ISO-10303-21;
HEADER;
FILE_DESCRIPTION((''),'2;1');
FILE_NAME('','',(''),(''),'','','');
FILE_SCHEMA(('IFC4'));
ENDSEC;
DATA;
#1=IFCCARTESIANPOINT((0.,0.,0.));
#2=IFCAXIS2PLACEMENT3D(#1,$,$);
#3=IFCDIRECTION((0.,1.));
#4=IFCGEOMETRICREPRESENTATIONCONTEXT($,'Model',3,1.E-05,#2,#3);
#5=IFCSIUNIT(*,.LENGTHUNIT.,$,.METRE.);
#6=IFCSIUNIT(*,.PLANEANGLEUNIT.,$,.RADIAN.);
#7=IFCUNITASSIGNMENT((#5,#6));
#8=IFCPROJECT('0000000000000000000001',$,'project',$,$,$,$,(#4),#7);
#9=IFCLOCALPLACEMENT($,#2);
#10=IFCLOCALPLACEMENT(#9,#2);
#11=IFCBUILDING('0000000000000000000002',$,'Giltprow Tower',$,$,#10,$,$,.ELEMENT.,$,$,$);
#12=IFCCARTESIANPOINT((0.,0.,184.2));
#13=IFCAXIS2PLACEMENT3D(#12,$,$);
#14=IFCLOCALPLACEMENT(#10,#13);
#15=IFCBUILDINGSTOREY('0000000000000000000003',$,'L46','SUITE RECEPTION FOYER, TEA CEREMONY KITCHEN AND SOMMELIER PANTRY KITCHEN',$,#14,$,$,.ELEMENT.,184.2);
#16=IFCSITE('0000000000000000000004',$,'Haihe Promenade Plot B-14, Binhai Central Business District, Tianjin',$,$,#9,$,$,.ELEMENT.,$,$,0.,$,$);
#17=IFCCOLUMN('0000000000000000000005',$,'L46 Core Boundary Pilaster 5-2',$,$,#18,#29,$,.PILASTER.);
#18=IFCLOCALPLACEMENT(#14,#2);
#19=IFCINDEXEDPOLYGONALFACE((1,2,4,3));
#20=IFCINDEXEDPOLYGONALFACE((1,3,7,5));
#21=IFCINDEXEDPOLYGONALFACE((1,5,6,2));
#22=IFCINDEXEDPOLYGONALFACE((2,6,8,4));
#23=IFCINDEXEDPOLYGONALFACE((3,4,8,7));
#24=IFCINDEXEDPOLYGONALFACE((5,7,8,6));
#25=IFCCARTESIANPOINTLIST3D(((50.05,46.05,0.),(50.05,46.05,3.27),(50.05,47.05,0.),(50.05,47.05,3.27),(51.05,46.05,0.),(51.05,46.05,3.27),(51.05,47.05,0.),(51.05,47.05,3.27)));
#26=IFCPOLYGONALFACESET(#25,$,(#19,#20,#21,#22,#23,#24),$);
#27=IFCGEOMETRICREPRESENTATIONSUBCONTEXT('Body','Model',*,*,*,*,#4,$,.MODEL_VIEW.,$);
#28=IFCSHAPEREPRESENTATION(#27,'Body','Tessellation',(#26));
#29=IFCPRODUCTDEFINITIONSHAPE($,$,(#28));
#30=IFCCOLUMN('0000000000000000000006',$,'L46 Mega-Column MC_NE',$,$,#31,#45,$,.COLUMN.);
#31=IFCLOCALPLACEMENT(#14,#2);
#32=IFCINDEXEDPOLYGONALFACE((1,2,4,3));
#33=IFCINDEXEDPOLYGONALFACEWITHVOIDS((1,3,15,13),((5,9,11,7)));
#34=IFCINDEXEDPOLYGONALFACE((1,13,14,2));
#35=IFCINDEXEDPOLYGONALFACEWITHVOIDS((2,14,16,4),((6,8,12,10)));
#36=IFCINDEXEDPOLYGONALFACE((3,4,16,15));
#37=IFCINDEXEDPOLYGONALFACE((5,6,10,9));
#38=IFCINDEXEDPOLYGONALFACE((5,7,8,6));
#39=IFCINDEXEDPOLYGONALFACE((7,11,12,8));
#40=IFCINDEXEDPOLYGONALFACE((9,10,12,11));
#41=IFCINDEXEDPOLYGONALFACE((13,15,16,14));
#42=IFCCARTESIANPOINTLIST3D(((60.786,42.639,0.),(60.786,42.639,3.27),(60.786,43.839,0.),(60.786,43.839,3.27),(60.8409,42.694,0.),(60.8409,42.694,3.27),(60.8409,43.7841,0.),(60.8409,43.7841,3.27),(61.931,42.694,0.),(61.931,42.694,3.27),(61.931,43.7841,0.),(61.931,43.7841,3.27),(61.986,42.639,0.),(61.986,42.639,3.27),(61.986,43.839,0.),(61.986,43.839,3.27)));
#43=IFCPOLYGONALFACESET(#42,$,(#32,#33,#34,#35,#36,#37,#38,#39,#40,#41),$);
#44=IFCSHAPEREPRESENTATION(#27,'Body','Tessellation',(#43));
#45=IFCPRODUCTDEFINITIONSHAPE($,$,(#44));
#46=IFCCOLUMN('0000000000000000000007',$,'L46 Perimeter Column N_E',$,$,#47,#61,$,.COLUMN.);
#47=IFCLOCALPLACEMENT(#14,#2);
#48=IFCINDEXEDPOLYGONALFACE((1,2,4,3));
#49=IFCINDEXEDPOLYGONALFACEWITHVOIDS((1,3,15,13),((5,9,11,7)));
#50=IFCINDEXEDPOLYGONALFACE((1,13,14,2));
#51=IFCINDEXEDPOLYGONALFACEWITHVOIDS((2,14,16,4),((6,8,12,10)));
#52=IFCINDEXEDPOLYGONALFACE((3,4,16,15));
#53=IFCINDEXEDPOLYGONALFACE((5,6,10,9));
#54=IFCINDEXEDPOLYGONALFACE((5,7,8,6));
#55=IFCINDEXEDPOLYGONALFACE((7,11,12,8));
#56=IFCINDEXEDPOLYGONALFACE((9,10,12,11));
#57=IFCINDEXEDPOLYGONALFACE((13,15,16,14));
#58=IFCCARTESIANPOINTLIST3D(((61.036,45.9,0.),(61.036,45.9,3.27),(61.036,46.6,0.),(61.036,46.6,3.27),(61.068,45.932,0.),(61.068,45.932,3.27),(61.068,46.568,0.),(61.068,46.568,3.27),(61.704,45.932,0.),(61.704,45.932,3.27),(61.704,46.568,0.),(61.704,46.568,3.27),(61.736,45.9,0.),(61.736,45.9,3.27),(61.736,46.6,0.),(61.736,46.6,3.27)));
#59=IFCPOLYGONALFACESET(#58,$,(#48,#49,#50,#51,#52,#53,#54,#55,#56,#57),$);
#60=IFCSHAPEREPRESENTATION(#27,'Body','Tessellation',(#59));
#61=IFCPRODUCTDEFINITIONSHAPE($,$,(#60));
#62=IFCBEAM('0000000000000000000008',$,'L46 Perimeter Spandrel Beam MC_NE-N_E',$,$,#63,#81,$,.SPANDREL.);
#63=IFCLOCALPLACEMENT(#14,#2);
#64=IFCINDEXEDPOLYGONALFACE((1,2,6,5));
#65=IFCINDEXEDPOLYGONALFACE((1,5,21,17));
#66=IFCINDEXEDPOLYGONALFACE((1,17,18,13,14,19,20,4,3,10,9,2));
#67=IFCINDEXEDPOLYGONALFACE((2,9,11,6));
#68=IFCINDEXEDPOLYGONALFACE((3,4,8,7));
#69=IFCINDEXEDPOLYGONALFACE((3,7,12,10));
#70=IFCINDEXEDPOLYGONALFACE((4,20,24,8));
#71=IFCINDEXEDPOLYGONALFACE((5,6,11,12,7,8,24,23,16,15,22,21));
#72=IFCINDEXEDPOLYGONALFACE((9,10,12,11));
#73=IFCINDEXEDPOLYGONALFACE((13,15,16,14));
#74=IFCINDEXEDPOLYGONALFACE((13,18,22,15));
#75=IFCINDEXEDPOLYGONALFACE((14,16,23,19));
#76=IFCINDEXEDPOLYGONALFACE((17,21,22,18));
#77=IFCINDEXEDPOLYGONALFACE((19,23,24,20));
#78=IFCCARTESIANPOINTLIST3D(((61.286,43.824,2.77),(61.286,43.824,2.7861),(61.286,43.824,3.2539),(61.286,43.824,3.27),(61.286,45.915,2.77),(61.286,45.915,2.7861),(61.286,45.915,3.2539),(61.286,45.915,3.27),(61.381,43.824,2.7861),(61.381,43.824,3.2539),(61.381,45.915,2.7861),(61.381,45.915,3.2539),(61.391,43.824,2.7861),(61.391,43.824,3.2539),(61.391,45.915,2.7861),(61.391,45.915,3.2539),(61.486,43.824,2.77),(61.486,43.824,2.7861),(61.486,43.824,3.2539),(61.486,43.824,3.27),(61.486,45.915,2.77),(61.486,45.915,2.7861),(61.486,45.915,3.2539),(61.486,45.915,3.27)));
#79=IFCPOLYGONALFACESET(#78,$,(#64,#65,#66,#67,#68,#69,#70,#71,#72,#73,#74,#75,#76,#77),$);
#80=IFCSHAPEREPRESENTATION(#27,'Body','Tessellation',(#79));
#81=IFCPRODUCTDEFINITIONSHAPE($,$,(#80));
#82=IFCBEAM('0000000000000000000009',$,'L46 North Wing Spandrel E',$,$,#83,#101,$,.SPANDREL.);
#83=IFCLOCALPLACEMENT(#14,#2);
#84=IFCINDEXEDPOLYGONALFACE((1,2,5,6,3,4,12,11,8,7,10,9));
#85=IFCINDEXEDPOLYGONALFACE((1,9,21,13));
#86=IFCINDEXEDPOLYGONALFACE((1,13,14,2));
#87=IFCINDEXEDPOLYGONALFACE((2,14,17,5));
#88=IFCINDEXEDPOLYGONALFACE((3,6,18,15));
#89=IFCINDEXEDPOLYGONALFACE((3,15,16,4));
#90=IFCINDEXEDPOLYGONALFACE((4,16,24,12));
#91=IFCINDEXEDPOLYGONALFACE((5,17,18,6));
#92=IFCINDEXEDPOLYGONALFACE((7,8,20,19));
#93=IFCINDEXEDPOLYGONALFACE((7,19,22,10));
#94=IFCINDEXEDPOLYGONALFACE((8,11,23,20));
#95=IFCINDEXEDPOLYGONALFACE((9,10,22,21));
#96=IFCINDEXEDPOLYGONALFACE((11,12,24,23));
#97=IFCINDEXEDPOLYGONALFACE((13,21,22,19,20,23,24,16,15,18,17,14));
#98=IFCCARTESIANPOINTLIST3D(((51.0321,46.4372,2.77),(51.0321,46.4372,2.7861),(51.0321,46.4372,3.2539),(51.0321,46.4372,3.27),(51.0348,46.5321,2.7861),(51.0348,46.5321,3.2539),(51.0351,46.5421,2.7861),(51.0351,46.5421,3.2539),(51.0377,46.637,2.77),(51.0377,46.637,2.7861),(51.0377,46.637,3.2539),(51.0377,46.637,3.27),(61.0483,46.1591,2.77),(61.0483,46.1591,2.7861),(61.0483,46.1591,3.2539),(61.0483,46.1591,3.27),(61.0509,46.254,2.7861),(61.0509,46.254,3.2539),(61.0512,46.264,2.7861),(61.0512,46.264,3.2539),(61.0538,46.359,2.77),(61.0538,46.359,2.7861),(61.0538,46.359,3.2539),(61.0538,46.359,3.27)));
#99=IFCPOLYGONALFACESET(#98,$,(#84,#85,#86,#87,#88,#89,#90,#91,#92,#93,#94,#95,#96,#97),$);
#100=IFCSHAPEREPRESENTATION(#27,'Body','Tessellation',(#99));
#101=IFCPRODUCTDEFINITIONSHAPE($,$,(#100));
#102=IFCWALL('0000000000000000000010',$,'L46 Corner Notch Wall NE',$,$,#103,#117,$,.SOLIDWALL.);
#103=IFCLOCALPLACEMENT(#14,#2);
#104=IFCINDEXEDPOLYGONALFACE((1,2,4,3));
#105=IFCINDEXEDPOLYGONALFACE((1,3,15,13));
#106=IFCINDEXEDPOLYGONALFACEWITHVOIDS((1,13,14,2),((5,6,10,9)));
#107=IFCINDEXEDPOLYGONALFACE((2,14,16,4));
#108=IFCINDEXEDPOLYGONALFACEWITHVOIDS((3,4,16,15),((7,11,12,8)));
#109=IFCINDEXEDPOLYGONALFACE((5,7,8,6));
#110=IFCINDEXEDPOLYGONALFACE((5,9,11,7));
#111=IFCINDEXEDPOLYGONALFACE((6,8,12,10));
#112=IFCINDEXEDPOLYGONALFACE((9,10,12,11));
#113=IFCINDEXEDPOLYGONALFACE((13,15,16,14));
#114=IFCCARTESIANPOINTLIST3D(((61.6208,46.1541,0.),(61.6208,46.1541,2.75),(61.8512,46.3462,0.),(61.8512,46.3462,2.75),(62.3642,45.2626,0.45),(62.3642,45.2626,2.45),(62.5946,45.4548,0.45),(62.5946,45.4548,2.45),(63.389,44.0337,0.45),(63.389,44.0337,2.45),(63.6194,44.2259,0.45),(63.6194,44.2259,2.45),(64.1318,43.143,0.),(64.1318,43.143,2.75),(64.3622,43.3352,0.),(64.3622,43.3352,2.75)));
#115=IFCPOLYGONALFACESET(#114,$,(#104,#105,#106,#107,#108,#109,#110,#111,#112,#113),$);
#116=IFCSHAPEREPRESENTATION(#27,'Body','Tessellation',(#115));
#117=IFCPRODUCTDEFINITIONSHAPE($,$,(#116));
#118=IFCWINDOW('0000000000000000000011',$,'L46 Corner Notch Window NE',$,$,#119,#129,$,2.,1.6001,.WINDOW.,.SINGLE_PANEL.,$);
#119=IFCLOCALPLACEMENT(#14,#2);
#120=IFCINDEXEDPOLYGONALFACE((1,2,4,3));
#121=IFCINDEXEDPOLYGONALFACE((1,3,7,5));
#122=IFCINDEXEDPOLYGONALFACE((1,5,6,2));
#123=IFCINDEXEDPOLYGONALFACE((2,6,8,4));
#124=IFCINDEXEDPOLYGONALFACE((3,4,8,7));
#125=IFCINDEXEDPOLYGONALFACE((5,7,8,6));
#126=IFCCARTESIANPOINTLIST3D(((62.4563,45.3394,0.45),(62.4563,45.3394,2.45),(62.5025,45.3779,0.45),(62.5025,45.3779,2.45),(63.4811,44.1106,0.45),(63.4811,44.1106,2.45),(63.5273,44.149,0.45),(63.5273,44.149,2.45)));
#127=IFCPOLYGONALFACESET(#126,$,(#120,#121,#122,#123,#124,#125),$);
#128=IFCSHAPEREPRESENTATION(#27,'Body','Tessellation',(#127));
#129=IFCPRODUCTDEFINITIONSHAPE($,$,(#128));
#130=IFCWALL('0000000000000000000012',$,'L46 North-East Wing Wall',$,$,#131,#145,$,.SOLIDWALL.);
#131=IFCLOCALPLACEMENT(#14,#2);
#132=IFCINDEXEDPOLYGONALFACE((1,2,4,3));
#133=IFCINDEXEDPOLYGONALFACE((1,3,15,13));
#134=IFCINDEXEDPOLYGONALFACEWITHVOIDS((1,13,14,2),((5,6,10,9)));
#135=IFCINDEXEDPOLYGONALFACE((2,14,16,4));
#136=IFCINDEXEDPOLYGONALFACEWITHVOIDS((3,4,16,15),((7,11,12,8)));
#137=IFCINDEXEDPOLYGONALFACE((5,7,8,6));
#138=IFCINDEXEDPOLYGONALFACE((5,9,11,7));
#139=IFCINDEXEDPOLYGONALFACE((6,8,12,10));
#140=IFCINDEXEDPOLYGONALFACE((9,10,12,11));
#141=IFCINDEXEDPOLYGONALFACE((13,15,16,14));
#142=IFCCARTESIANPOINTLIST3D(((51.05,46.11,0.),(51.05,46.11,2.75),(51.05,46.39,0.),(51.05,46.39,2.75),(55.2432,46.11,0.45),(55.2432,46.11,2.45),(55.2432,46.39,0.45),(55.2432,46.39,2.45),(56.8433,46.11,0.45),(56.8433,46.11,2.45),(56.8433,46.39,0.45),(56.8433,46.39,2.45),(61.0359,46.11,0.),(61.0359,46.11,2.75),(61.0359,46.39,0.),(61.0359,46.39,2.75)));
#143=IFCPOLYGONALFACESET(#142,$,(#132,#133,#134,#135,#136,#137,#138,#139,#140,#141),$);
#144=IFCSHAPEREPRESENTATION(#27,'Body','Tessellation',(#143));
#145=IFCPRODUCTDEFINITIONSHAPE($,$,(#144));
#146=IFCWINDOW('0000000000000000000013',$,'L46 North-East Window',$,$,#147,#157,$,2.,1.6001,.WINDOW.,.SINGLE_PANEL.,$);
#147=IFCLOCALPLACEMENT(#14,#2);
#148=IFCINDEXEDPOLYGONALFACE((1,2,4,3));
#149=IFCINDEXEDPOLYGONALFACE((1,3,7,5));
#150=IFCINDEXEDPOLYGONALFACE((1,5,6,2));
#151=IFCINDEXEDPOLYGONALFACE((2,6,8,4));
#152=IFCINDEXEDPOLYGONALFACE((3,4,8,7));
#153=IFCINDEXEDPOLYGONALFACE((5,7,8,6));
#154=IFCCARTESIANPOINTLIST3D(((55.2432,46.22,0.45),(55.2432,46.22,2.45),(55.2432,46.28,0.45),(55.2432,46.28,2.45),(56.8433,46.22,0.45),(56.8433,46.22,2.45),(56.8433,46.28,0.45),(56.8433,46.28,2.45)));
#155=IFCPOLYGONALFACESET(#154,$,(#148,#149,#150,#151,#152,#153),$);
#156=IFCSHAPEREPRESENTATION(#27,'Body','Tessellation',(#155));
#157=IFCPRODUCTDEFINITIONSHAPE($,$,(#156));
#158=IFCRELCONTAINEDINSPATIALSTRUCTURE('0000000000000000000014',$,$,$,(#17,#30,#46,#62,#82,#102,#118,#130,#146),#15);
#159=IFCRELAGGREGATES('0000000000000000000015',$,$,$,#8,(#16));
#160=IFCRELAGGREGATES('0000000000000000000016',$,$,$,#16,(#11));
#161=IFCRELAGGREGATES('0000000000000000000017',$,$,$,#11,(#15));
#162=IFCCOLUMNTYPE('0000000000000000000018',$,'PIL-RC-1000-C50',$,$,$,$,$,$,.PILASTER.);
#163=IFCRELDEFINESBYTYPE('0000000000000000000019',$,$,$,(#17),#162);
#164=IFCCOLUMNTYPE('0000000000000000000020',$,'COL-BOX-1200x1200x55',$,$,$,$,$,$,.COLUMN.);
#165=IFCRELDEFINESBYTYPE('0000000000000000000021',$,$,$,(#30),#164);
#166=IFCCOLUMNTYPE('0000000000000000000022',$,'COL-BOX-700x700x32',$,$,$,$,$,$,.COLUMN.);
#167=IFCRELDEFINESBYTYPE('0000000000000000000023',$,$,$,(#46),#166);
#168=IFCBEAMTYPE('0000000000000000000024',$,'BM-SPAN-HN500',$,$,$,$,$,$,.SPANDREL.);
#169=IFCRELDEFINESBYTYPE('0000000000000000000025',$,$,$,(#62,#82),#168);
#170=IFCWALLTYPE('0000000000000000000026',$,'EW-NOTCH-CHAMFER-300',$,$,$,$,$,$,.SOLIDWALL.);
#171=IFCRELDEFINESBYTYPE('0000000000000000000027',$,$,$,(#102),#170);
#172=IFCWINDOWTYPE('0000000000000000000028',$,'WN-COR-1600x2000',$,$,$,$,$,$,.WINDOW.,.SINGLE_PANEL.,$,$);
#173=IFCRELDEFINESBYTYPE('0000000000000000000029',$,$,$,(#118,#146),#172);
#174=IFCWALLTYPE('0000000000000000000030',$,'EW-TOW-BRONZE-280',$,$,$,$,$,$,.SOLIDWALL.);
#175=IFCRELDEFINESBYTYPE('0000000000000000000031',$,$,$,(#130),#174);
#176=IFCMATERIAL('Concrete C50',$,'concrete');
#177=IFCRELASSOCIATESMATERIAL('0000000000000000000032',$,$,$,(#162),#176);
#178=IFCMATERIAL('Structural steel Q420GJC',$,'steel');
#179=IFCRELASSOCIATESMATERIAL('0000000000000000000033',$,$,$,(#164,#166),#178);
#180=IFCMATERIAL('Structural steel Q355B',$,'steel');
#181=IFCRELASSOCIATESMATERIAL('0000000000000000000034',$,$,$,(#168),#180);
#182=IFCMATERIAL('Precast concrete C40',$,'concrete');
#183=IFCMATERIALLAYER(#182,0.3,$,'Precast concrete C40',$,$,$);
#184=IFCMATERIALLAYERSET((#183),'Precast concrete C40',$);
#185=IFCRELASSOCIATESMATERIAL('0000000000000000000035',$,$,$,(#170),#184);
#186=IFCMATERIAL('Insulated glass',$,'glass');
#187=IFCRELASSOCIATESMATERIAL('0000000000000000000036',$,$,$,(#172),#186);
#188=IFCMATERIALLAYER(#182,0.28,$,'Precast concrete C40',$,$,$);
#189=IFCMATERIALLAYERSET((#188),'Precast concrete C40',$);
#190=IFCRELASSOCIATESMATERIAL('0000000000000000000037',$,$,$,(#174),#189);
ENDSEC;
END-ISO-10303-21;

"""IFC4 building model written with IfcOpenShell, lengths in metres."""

from ifc_helpers import new_model, si_unit, direction, frame, frame_2d, origin, origin_2d, place, context, subcontext, project, spatial, rectangle, hollow_rectangle, i_section, extrude, source, transform, mapped, material, layer, layer_set, material_profile, profile_set, type_object, element, fill, save


model = new_model("IFC4")

# Units and contexts
model_context = context("Model", 3, precision=1e-05, world=origin(), true_north=direction((0.0, 1.0)))
body_context = subcontext(model_context, "Body", "Model", "MODEL_VIEW")
ifc_project = project(units=[si_unit("LENGTHUNIT", "METRE"), si_unit("PLANEANGLEUNIT", "RADIAN")], contexts=[model_context])

# Site, building, storey
site_placement = place(None, origin())
site = spatial("IfcSite", under=ifc_project, at=site_placement, Name="Haihe Promenade Plot B-14, Binhai Central Business District, Tianjin", CompositionType="ELEMENT", RefElevation=0.0)
building_placement = place(site_placement, origin())
building = spatial("IfcBuilding", under=site, at=building_placement, Name="Giltprow Tower", CompositionType="ELEMENT")
storey_placement = place(building_placement, frame((0.0, 0.0, 184.2)))
storey = spatial("IfcBuildingStorey", under=building, at=storey_placement, Name="L46", Description="SUITE RECEPTION FOYER, TEA CEREMONY KITCHEN AND SOMMELIER PANTRY KITCHEN", CompositionType="ELEMENT", Elevation=184.2)

# Columns
ifc_material_1 = material(Name="Concrete C50", Category="concrete")
ifc_material_profile_1 = material_profile(ifc_material_1, rectangle(XDim=1.0, YDim=1.0, at=origin_2d()), Name="RC 1000x1000")
ifc_profile_set_1 = profile_set([ifc_material_profile_1], Name="Concrete C50")
column_type_1 = type_object("IfcColumnType", Name="PIL-RC-1000-C50", PredefinedType="PILASTER", material=ifc_profile_set_1)
shared_shape_1 = source(origin(), body_context, "Body", "SweptSolid", [
    extrude(rectangle(XDim=1.0, YDim=1.0, at=origin_2d()), origin(), (0.0, 0.0, 1.0), 3.27),
])
column_1_placement = place(storey_placement, frame((50.55, 46.55, 0.0), z_axis=(0.0, 0.0, 1.0), x_axis=(1.0, 0.0, 0.0)))
element("IfcColumn", 1, at=column_1_placement, inside=storey, type_object=column_type_1, Name="L46 Core Boundary Pilaster 5-2", PredefinedType="PILASTER", context=body_context, shape_type="MappedRepresentation", body=[
    mapped(shared_shape_1, transform((0.0, 0.0, 0.0), x_axis=(1.0, 0.0, 0.0), y_axis=(0.0, 1.0, 0.0), z_axis=(0.0, 0.0, 1.0), scale=1.0)),
])
ifc_material_2 = material(Name="Structural steel Q420GJC", Category="steel")
ifc_material_profile_2 = material_profile(ifc_material_2, hollow_rectangle(XDim=1.2, YDim=1.2, WallThickness=0.0549, at=origin_2d()), Name="BOX 1200x1200x55")
ifc_profile_set_2 = profile_set([ifc_material_profile_2], Name="Structural steel Q420GJC")
column_type_2 = type_object("IfcColumnType", Name="COL-BOX-1200x1200x55", PredefinedType="COLUMN", material=ifc_profile_set_2)
shared_shape_2 = source(origin(), body_context, "Body", "SweptSolid", [
    extrude(hollow_rectangle(XDim=1.2, YDim=1.2, WallThickness=0.0549, at=origin_2d()), origin(), (0.0, 0.0, 1.0), 3.27),
])
column_2_placement = place(storey_placement, frame((61.386, 43.239, 0.0), z_axis=(0.0, 0.0, 1.0), x_axis=(1.0, 0.0, 0.0)))
element("IfcColumn", 2, at=column_2_placement, inside=storey, type_object=column_type_2, Name="L46 Mega-Column MC_NE", PredefinedType="COLUMN", context=body_context, shape_type="MappedRepresentation", body=[
    mapped(shared_shape_2, transform((0.0, 0.0, 0.0), x_axis=(1.0, 0.0, 0.0), y_axis=(0.0, 1.0, 0.0), z_axis=(0.0, 0.0, 1.0), scale=1.0)),
])
ifc_material_profile_3 = material_profile(ifc_material_2, hollow_rectangle(XDim=0.7, YDim=0.7, WallThickness=0.032, at=origin_2d()), Name="BOX 700x700x32")
ifc_profile_set_3 = profile_set([ifc_material_profile_3], Name="Structural steel Q420GJC")
column_type_3 = type_object("IfcColumnType", Name="COL-BOX-700x700x32", PredefinedType="COLUMN", material=ifc_profile_set_3)
shared_shape_3 = source(origin(), body_context, "Body", "SweptSolid", [
    extrude(hollow_rectangle(XDim=0.7, YDim=0.7, WallThickness=0.032, at=origin_2d()), origin(), (0.0, 0.0, 1.0), 3.27),
])
column_3_placement = place(storey_placement, frame((61.386, 46.25, 0.0), z_axis=(0.0, 0.0, 1.0), x_axis=(1.0, 0.0, 0.0)))
element("IfcColumn", 3, at=column_3_placement, inside=storey, type_object=column_type_3, Name="L46 Perimeter Column N_E", PredefinedType="COLUMN", context=body_context, shape_type="MappedRepresentation", body=[
    mapped(shared_shape_3, transform((0.0, 0.0, 0.0), x_axis=(1.0, 0.0, 0.0), y_axis=(0.0, 1.0, 0.0), z_axis=(0.0, 0.0, 1.0), scale=1.0)),
])

# Beams
ifc_material_3 = material(Name="Structural steel Q355B", Category="steel")
ifc_material_profile_4 = material_profile(ifc_material_3, i_section(OverallWidth=0.2, OverallDepth=0.5, WebThickness=0.01, FlangeThickness=0.0161, at=origin_2d()), Name="HN 500x200x10x16")
ifc_profile_set_4 = profile_set([ifc_material_profile_4], Name="Structural steel Q355B")
beam_type = type_object("IfcBeamType", Name="BM-SPAN-HN500", PredefinedType="SPANDREL", material=ifc_profile_set_4)
shared_shape_4 = source(origin(), body_context, "Body", "SweptSolid", [
    extrude(i_section(OverallWidth=0.2, OverallDepth=0.5, WebThickness=0.01, FlangeThickness=0.0161, at=origin_2d()), origin(), (0.0, 0.0, 1.0), 2.0911),
])
beam_1_placement = place(storey_placement, frame((61.386, 43.824, 3.02), z_axis=(0.0, 1.0, 0.0), x_axis=(-1.0, 0.0, 0.0)))
element("IfcBeam", 4, at=beam_1_placement, inside=storey, type_object=beam_type, Name="L46 Perimeter Spandrel Beam MC_NE-N_E", PredefinedType="SPANDREL", context=body_context, shape_type="MappedRepresentation", body=[
    mapped(shared_shape_4, transform((0.0, 0.0, 0.0), x_axis=(1.0, 0.0, 0.0), y_axis=(0.0, 1.0, 0.0), z_axis=(0.0, 0.0, 1.0), scale=1.0)),
])
shared_shape_5 = source(origin(), body_context, "Body", "SweptSolid", [
    extrude(i_section(OverallWidth=0.2, OverallDepth=0.5, WebThickness=0.01, FlangeThickness=0.0161, at=origin_2d()), origin(), (0.0, 0.0, 1.0), 10.02),
])
beam_2_placement = place(storey_placement, frame((51.0349, 46.5371, 3.02), z_axis=(0.999615, -0.027752, 0.0), x_axis=(0.027752, 0.999615, 0.0)))
element("IfcBeam", 5, at=beam_2_placement, inside=storey, type_object=beam_type, Name="L46 North Wing Spandrel E", PredefinedType="SPANDREL", context=body_context, shape_type="MappedRepresentation", body=[
    mapped(shared_shape_5, transform((0.0, 0.0, 0.0), x_axis=(1.0, 0.0, 0.0), y_axis=(0.0, 1.0, 0.0), z_axis=(0.0, 0.0, 1.0), scale=1.0)),
])

# Walls, openings, windows
ifc_material_4 = material(Name="Precast concrete C40", Category="concrete")
ifc_layer_1 = layer(ifc_material_4, 0.3, Name="Precast concrete C40")
ifc_layer_set_1 = layer_set([ifc_layer_1], Name="Precast concrete C40")
wall_type_1 = type_object("IfcWallType", Name="EW-NOTCH-CHAMFER-300", PredefinedType="SOLIDWALL", material=ifc_layer_set_1)
wall_1_placement = place(storey_placement, frame((64.2471, 43.239, 0.0), z_axis=(0.0, 0.0, 1.0), x_axis=(-0.64046, 0.767992, 0.0)))
wall_1 = element("IfcWall", 6, at=wall_1_placement, inside=storey, type_object=wall_type_1, Name="L46 Corner Notch Wall NE", PredefinedType="SOLIDWALL", context=body_context, shape_type="SweptSolid", body=[
    extrude(rectangle(XDim=3.9207, YDim=0.3, at=frame_2d((1.9604, 0.0))), origin(), (0.0, 0.0, 1.0), 2.75),
])
opening_1_placement = place(wall_1_placement, frame((1.1599, 0.0, 0.45)))
opening_1 = element("IfcOpeningElement", 7, at=opening_1_placement, cuts=wall_1, PredefinedType="OPENING", context=body_context, shape_type="SweptSolid", body=[
    extrude(rectangle(XDim=1.6001, YDim=2.0, at=frame_2d((0.8, 1.0))), frame((0.0, 0.1599, 0.0), z_axis=(0.0, -1.0, 0.0), x_axis=(1.0, 0.0, 0.0)), (0.0, 0.0, 1.0), 0.3201),
])
ifc_material_5 = material(Name="Insulated glass", Category="glass")
window_type = type_object("IfcWindowType", Name="WN-COR-1600x2000", PartitioningType="SINGLE_PANEL", PredefinedType="WINDOW", material=ifc_material_5)
shared_shape_6 = source(origin(), body_context, "Body", "SweptSolid", [
    extrude(rectangle(XDim=1.6001, YDim=2.0, at=frame_2d((0.8, 1.0))), frame((0.0, 0.03, 0.0), z_axis=(0.0, -1.0, 0.0), x_axis=(1.0, 0.0, 0.0)), (0.0, 0.0, 1.0), 0.0601),
])
window_1_placement = place(opening_1_placement, origin())
window_1 = element("IfcWindow", 8, at=window_1_placement, inside=storey, type_object=window_type, Name="L46 Corner Notch Window NE", OverallHeight=2.0, OverallWidth=1.6001, PartitioningType="SINGLE_PANEL", PredefinedType="WINDOW", context=body_context, shape_type="MappedRepresentation", body=[
    mapped(shared_shape_6, transform((0.0, 0.0, 0.0), x_axis=(1.0, 0.0, 0.0), y_axis=(0.0, 1.0, 0.0), z_axis=(0.0, 0.0, 1.0), scale=1.0)),
])
fill(opening_1, window_1)
ifc_layer_2 = layer(ifc_material_4, 0.28, Name="Precast concrete C40")
ifc_layer_set_2 = layer_set([ifc_layer_2], Name="Precast concrete C40")
wall_type_2 = type_object("IfcWallType", Name="EW-TOW-BRONZE-280", PredefinedType="SOLIDWALL", material=ifc_layer_set_2)
wall_2_placement = place(storey_placement, frame((51.05, 46.25, 0.0), z_axis=(0.0, 0.0, 1.0), x_axis=(1.0, 0.0, 0.0)))
wall_2 = element("IfcWall", 9, at=wall_2_placement, inside=storey, type_object=wall_type_2, Name="L46 North-East Wing Wall", PredefinedType="SOLIDWALL", context=body_context, shape_type="SweptSolid", body=[
    extrude(rectangle(XDim=9.9858, YDim=0.28, at=frame_2d((4.9929, 0.0))), origin(), (0.0, 0.0, 1.0), 2.75),
])
opening_2_placement = place(wall_2_placement, frame((4.1931, 0.0, 0.45)))
opening_2 = element("IfcOpeningElement", 10, at=opening_2_placement, cuts=wall_2, PredefinedType="OPENING", context=body_context, shape_type="SweptSolid", body=[
    extrude(rectangle(XDim=1.6001, YDim=2.0, at=frame_2d((0.8, 1.0))), frame((0.0, 0.1499, 0.0), z_axis=(0.0, -1.0, 0.0), x_axis=(1.0, 0.0, 0.0)), (0.0, 0.0, 1.0), 0.3),
])
window_2_placement = place(opening_2_placement, origin())
window_2 = element("IfcWindow", 11, at=window_2_placement, inside=storey, type_object=window_type, Name="L46 North-East Window", OverallHeight=2.0, OverallWidth=1.6001, PartitioningType="SINGLE_PANEL", PredefinedType="WINDOW", context=body_context, shape_type="MappedRepresentation", body=[
    mapped(shared_shape_6, transform((0.0, 0.0, 0.0), x_axis=(1.0, 0.0, 0.0), y_axis=(0.0, 1.0, 0.0), z_axis=(0.0, 0.0, 1.0), scale=1.0)),
])
fill(opening_2, window_2)

save(model, "model.ifc")
